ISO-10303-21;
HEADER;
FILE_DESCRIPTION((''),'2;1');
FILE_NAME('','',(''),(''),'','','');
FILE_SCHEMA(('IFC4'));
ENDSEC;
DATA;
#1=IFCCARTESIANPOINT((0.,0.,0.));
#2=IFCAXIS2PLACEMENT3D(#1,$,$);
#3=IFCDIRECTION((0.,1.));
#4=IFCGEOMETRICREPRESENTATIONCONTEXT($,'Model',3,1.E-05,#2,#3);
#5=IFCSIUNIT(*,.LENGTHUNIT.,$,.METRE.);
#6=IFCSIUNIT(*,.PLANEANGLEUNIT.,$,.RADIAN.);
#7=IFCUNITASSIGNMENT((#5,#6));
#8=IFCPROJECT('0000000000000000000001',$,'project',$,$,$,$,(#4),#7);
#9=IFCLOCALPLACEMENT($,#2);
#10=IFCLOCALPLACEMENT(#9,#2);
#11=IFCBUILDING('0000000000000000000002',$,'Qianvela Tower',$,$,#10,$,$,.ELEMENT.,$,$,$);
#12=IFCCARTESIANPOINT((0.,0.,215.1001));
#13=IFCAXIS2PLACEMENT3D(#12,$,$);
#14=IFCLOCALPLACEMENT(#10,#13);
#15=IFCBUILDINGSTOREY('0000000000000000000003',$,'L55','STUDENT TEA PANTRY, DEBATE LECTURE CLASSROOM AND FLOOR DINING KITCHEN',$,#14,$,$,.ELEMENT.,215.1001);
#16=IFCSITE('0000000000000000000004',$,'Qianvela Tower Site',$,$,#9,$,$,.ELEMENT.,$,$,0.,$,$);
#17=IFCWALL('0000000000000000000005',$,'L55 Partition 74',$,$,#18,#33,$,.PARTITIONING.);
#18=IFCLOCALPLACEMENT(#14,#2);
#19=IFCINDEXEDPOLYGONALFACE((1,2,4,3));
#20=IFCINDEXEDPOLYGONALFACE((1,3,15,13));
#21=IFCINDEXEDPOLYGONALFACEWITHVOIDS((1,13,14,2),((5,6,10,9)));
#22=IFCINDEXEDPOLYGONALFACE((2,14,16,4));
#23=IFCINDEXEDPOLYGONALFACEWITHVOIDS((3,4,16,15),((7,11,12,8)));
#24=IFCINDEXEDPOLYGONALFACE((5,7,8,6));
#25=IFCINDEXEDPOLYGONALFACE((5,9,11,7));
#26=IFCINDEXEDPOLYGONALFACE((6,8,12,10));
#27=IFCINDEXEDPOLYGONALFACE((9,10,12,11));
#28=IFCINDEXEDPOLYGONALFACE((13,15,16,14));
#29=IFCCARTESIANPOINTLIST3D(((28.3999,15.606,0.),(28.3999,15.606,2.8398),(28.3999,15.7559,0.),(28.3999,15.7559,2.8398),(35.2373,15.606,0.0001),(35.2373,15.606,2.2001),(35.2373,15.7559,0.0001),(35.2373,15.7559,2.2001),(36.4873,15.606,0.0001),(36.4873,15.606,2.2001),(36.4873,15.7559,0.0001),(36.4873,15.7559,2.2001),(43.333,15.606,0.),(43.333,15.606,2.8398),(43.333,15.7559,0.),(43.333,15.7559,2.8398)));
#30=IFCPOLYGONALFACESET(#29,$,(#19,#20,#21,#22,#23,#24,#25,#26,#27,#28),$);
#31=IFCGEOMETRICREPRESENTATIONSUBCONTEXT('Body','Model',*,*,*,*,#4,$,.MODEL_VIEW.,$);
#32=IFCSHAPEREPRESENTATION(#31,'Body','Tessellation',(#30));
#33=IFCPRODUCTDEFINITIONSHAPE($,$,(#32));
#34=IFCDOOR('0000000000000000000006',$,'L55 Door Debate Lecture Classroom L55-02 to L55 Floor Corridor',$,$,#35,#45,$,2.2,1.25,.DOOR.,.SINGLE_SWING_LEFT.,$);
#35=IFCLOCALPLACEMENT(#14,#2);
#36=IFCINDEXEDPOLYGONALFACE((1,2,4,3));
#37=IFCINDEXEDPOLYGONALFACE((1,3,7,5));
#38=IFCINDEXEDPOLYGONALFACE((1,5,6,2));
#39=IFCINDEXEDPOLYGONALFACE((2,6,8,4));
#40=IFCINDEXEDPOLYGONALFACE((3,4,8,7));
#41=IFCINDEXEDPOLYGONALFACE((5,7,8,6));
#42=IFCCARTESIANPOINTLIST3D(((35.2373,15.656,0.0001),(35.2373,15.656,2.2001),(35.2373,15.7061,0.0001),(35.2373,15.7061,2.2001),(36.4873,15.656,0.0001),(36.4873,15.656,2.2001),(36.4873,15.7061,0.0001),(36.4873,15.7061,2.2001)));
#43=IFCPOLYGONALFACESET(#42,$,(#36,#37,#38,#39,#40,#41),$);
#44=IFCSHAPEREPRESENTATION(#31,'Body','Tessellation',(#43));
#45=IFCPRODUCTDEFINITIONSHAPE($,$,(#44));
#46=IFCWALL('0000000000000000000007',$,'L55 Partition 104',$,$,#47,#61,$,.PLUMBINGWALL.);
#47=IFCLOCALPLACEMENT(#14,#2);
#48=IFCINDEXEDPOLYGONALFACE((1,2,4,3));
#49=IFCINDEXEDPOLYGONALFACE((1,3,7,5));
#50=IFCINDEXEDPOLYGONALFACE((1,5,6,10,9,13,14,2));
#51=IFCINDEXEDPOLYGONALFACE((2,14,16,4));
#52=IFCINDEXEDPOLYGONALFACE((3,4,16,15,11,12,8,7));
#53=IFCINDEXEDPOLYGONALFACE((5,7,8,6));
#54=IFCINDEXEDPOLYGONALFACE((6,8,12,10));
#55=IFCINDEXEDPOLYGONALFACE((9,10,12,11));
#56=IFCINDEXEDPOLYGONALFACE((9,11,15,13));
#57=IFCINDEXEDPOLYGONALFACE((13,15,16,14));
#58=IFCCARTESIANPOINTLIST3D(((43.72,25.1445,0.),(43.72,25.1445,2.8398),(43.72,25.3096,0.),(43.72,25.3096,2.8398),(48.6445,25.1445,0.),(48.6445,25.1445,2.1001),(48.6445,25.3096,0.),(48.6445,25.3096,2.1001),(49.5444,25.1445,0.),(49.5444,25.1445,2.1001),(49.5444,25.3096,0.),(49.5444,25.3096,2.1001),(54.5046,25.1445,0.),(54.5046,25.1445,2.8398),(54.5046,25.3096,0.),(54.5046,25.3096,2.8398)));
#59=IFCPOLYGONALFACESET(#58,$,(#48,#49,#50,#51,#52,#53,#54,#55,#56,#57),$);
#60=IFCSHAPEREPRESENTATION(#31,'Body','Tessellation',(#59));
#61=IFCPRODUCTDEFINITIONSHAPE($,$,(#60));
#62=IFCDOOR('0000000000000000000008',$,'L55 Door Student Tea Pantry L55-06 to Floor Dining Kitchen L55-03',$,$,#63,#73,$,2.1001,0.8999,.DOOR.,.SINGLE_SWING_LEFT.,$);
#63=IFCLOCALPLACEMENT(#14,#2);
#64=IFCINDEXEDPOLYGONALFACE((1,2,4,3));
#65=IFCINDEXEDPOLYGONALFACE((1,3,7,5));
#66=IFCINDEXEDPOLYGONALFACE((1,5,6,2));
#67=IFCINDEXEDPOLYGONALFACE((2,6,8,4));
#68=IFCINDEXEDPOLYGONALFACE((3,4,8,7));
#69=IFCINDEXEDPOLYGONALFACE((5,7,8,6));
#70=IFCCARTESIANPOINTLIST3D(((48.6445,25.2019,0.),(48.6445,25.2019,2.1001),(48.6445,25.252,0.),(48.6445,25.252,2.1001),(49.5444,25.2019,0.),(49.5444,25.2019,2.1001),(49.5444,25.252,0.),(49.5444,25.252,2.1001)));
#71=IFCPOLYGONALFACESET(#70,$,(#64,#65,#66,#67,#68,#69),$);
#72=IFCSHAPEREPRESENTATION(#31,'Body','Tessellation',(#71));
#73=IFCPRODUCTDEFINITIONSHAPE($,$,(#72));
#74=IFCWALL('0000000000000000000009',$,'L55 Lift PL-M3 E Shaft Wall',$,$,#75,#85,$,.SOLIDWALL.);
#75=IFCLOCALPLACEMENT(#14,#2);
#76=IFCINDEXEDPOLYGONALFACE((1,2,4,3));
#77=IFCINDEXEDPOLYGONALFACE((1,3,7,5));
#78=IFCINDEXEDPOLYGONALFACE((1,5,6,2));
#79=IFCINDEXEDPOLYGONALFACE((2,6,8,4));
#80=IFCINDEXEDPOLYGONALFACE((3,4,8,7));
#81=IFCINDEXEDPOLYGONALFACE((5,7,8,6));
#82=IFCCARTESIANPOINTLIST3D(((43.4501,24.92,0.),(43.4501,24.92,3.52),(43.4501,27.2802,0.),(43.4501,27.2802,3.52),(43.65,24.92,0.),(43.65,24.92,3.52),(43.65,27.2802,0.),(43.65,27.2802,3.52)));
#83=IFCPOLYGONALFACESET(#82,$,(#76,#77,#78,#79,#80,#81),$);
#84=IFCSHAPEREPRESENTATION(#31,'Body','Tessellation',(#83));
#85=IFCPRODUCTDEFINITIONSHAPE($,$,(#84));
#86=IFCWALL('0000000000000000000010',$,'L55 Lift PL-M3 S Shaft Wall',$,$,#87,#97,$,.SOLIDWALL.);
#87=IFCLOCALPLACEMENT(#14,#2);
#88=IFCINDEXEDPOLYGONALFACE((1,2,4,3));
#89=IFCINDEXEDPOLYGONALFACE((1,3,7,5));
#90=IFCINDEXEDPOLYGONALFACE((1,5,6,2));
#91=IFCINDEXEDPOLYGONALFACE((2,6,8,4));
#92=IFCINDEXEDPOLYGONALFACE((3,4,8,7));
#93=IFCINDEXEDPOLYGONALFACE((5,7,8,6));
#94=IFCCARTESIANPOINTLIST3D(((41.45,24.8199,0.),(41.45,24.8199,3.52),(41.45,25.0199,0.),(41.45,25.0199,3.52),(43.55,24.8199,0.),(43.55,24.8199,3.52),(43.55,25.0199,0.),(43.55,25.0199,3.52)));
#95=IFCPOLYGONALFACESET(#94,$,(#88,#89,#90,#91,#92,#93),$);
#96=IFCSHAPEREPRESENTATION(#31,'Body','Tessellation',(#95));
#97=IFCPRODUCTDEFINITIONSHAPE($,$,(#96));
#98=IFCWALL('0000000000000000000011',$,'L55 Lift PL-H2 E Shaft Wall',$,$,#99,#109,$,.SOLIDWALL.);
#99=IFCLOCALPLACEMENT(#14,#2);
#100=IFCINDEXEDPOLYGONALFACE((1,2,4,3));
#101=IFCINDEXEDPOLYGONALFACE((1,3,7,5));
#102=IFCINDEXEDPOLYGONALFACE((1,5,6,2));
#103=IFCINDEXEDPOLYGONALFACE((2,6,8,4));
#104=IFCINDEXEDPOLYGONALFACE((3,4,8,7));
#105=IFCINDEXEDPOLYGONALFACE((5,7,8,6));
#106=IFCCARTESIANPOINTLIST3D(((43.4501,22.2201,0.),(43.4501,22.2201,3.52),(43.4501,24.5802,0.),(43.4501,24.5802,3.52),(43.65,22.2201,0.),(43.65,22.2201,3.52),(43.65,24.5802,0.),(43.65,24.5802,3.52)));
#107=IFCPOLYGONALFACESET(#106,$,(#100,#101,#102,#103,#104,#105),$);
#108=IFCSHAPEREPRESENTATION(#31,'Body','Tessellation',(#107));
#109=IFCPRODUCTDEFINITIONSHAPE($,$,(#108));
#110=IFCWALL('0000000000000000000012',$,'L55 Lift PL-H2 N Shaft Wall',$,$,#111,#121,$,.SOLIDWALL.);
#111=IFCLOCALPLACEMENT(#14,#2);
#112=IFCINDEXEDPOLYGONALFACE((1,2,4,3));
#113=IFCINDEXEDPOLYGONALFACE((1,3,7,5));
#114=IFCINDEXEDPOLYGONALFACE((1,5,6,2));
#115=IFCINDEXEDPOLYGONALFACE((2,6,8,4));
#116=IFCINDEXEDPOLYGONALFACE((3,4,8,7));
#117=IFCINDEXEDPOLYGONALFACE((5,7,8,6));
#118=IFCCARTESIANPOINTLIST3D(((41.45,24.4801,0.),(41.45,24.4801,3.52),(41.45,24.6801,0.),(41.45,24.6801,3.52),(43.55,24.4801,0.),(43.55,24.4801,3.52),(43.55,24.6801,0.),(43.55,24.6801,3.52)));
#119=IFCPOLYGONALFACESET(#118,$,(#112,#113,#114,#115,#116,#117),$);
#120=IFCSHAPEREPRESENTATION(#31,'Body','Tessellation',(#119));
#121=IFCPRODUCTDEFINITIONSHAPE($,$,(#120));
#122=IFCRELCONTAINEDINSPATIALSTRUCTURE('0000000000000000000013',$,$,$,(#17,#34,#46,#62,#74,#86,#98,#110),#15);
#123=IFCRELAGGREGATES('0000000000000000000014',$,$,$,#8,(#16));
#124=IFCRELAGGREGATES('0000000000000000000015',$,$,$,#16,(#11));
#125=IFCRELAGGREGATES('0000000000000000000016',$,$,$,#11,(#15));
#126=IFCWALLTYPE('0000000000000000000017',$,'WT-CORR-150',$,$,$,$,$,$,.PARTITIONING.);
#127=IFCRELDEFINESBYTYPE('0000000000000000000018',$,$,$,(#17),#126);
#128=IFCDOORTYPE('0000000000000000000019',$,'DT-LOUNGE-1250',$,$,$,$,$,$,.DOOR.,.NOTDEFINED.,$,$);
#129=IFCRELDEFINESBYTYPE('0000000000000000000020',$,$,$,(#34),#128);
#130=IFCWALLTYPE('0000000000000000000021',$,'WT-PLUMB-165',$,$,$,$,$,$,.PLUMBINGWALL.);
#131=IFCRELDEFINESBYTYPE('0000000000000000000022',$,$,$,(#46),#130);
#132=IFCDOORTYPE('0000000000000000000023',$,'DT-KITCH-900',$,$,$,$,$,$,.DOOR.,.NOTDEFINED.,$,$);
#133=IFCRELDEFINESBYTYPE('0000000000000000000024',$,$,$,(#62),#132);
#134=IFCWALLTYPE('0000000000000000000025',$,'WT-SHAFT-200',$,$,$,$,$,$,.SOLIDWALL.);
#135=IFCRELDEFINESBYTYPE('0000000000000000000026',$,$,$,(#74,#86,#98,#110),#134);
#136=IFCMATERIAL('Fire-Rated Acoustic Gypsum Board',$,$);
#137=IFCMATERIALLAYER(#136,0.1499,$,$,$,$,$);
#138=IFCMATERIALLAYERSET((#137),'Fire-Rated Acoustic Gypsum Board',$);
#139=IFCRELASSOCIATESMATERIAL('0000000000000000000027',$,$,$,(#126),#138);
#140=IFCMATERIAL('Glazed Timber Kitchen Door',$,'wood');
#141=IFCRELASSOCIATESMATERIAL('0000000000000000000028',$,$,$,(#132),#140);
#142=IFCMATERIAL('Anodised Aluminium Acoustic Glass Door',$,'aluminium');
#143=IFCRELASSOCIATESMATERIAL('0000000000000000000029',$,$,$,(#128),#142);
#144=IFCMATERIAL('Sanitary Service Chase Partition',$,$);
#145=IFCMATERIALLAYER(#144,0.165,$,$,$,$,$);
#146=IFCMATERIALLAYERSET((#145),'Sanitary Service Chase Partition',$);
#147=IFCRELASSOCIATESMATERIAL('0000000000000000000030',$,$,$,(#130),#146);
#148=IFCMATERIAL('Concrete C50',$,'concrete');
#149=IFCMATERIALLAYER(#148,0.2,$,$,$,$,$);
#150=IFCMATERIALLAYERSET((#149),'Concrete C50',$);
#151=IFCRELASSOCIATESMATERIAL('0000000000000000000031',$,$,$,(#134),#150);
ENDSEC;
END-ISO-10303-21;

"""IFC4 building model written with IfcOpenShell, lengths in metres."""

from ifc_helpers import new_model, si_unit, direction, frame, frame_2d, origin, place, context, subcontext, project, spatial, rectangle, extrude, material, layer, layer_set, type_object, element, fill, save


model = new_model("IFC4")

# Units and contexts
model_context = context("Model", 3, precision=1e-05, world=origin(), true_north=direction((0.0, 1.0)))
body_context = subcontext(model_context, "Body", "Model", "MODEL_VIEW")
ifc_project = project(units=[si_unit("LENGTHUNIT", "METRE"), si_unit("PLANEANGLEUNIT", "RADIAN")], contexts=[model_context])

# Site, building, storey
site_placement = place(None, origin())
site = spatial("IfcSite", under=ifc_project, at=site_placement, Name="Qianvela Tower Site", CompositionType="ELEMENT", RefElevation=0.0)
building_placement = place(site_placement, origin())
building = spatial("IfcBuilding", under=site, at=building_placement, Name="Qianvela Tower", CompositionType="ELEMENT")
storey_placement = place(building_placement, frame((0.0, 0.0, 215.1001)))
storey = spatial("IfcBuildingStorey", under=building, at=storey_placement, Name="L55", Description="STUDENT TEA PANTRY, DEBATE LECTURE CLASSROOM AND FLOOR DINING KITCHEN", CompositionType="ELEMENT", Elevation=215.1001)

# Shared definitions
ifc_material_1 = material(Name="Fire-Rated Acoustic Gypsum Board")
ifc_layer_1 = layer(ifc_material_1, 0.1499)
ifc_layer_set_1 = layer_set([ifc_layer_1], Name="Fire-Rated Acoustic Gypsum Board")
wall_type_1 = type_object("IfcWallType", Name="WT-CORR-150", PredefinedType="PARTITIONING", material=ifc_layer_set_1)
ifc_material_2 = material(Name="Glazed Timber Kitchen Door", Category="wood")
door_type_1 = type_object("IfcDoorType", Name="DT-KITCH-900", OperationType="NOTDEFINED", PredefinedType="DOOR", material=ifc_material_2)

# Walls, openings, doors
wall_1_placement = place(storey_placement, frame((43.333, 15.6809, 0.0), z_axis=(0.0, 0.0, 1.0), x_axis=(-1.0, 0.0, 0.0)))
wall_1 = element("IfcWall", 1, at=wall_1_placement, inside=storey, type_object=wall_type_1, Name="L55 Partition 74", PredefinedType="PARTITIONING", context=body_context, shape_type="SweptSolid", body=[
    extrude(rectangle(XDim=14.9331, YDim=0.1499, at=frame_2d((7.4666, 0.0))), origin(), (0.0, 0.0, 1.0), 2.8398),
])
opening_1_placement = place(wall_1_placement, frame((6.8457, 0.0, 0.0)))
opening_1 = element("IfcOpeningElement", 2, at=opening_1_placement, cuts=wall_1, PredefinedType="OPENING", context=body_context, shape_type="SweptSolid", body=[
    extrude(rectangle(XDim=1.25, YDim=2.2, at=frame_2d((0.625, 1.1001))), frame((0.0, 0.085, 0.0), z_axis=(0.0, -1.0, 0.0), x_axis=(1.0, 0.0, 0.0)), (0.0, 0.0, 1.0), 0.1699),
])
ifc_material_3 = material(Name="Anodised Aluminium Acoustic Glass Door", Category="aluminium")
door_type_2 = type_object("IfcDoorType", Name="DT-LOUNGE-1250", OperationType="NOTDEFINED", PredefinedType="DOOR", material=ifc_material_3)
door_1_placement = place(opening_1_placement, origin())
door_1 = element("IfcDoor", 3, at=door_1_placement, inside=storey, type_object=door_type_2, Name="L55 Door Debate Lecture Classroom L55-02 to L55 Floor Corridor", OperationType="SINGLE_SWING_LEFT", OverallHeight=2.2, OverallWidth=1.25, PredefinedType="DOOR", context=body_context, shape_type="SweptSolid", body=[
    extrude(rectangle(XDim=1.25, YDim=2.2, at=frame_2d((0.625, 1.1001))), frame((0.0, 0.0249, 0.0), z_axis=(0.0, -1.0, 0.0), x_axis=(1.0, 0.0, 0.0)), (0.0, 0.0, 1.0), 0.05),
])
fill(opening_1, door_1)
ifc_material_4 = material(Name="Sanitary Service Chase Partition")
ifc_layer_2 = layer(ifc_material_4, 0.165)
ifc_layer_set_2 = layer_set([ifc_layer_2], Name="Sanitary Service Chase Partition")
wall_type_2 = type_object("IfcWallType", Name="WT-PLUMB-165", PredefinedType="PLUMBINGWALL", material=ifc_layer_set_2)
wall_2_placement = place(storey_placement, frame((43.72, 25.2271, 0.0), z_axis=(0.0, 0.0, 1.0), x_axis=(1.0, 0.0, 0.0)))
wall_2 = element("IfcWall", 4, at=wall_2_placement, inside=storey, type_object=wall_type_2, Name="L55 Partition 104", PredefinedType="PLUMBINGWALL", context=body_context, shape_type="SweptSolid", body=[
    extrude(rectangle(XDim=10.7847, YDim=0.165, at=frame_2d((5.3923, 0.0))), origin(), (0.0, 0.0, 1.0), 2.8398),
])
opening_2_placement = place(wall_2_placement, frame((4.9246, 0.0, 0.0)))
opening_2 = element("IfcOpeningElement", 5, at=opening_2_placement, cuts=wall_2, PredefinedType="OPENING", context=body_context, shape_type="SweptSolid", body=[
    extrude(rectangle(XDim=0.8999, YDim=2.1001, at=frame_2d((0.45, 1.05))), frame((0.0, 0.0925, 0.0), z_axis=(0.0, -1.0, 0.0), x_axis=(1.0, 0.0, 0.0)), (0.0, 0.0, 1.0), 0.1851),
])
door_2_placement = place(opening_2_placement, origin())
door_2 = element("IfcDoor", 6, at=door_2_placement, inside=storey, type_object=door_type_1, Name="L55 Door Student Tea Pantry L55-06 to Floor Dining Kitchen L55-03", OperationType="SINGLE_SWING_LEFT", OverallHeight=2.1001, OverallWidth=0.8999, PredefinedType="DOOR", context=body_context, shape_type="SweptSolid", body=[
    extrude(rectangle(XDim=0.8999, YDim=2.1001, at=frame_2d((0.45, 1.05))), frame((0.0, 0.0249, 0.0), z_axis=(0.0, -1.0, 0.0), x_axis=(1.0, 0.0, 0.0)), (0.0, 0.0, 1.0), 0.05),
])
fill(opening_2, door_2)
ifc_material_5 = material(Name="Concrete C50", Category="concrete")
ifc_layer_3 = layer(ifc_material_5, 0.2)
ifc_layer_set_3 = layer_set([ifc_layer_3], Name="Concrete C50")
wall_type_3 = type_object("IfcWallType", Name="WT-SHAFT-200", PredefinedType="SOLIDWALL", material=ifc_layer_set_3)

# Wall
wall_3_placement = place(storey_placement, frame((43.55, 24.9199, 0.0), z_axis=(0.0, 0.0, 1.0), x_axis=(0.0, 1.0, 0.0)))
element("IfcWall", 7, at=wall_3_placement, inside=storey, type_object=wall_type_3, Name="L55 Lift PL-M3 E Shaft Wall", PredefinedType="SOLIDWALL", context=body_context, shape_type="SweptSolid", body=[
    extrude(rectangle(XDim=2.3601, YDim=0.2, at=frame_2d((1.1802, 0.0))), origin(), (0.0, 0.0, 1.0), 3.52),
])

# Walls
wall_4_placement = place(storey_placement, frame((41.45, 24.9199, 0.0), z_axis=(0.0, 0.0, 1.0), x_axis=(1.0, 0.0, 0.0)))
element("IfcWall", 8, at=wall_4_placement, inside=storey, type_object=wall_type_3, Name="L55 Lift PL-M3 S Shaft Wall", PredefinedType="SOLIDWALL", context=body_context, shape_type="SweptSolid", body=[
    extrude(rectangle(XDim=2.1001, YDim=0.2, at=frame_2d((1.05, 0.0))), origin(), (0.0, 0.0, 1.0), 3.52),
])
wall_5_placement = place(storey_placement, frame((43.55, 22.22, 0.0), z_axis=(0.0, 0.0, 1.0), x_axis=(0.0, 1.0, 0.0)))
element("IfcWall", 9, at=wall_5_placement, inside=storey, type_object=wall_type_3, Name="L55 Lift PL-H2 E Shaft Wall", PredefinedType="SOLIDWALL", context=body_context, shape_type="SweptSolid", body=[
    extrude(rectangle(XDim=2.3601, YDim=0.2, at=frame_2d((1.1802, 0.0))), origin(), (0.0, 0.0, 1.0), 3.52),
])
wall_6_placement = place(storey_placement, frame((41.45, 24.5801, 0.0), z_axis=(0.0, 0.0, 1.0), x_axis=(1.0, 0.0, 0.0)))
element("IfcWall", 10, at=wall_6_placement, inside=storey, type_object=wall_type_3, Name="L55 Lift PL-H2 N Shaft Wall", PredefinedType="SOLIDWALL", context=body_context, shape_type="SweptSolid", body=[
    extrude(rectangle(XDim=2.1001, YDim=0.2, at=frame_2d((1.05, 0.0))), origin(), (0.0, 0.0, 1.0), 3.52),
])

save(model, "model.ifc")
